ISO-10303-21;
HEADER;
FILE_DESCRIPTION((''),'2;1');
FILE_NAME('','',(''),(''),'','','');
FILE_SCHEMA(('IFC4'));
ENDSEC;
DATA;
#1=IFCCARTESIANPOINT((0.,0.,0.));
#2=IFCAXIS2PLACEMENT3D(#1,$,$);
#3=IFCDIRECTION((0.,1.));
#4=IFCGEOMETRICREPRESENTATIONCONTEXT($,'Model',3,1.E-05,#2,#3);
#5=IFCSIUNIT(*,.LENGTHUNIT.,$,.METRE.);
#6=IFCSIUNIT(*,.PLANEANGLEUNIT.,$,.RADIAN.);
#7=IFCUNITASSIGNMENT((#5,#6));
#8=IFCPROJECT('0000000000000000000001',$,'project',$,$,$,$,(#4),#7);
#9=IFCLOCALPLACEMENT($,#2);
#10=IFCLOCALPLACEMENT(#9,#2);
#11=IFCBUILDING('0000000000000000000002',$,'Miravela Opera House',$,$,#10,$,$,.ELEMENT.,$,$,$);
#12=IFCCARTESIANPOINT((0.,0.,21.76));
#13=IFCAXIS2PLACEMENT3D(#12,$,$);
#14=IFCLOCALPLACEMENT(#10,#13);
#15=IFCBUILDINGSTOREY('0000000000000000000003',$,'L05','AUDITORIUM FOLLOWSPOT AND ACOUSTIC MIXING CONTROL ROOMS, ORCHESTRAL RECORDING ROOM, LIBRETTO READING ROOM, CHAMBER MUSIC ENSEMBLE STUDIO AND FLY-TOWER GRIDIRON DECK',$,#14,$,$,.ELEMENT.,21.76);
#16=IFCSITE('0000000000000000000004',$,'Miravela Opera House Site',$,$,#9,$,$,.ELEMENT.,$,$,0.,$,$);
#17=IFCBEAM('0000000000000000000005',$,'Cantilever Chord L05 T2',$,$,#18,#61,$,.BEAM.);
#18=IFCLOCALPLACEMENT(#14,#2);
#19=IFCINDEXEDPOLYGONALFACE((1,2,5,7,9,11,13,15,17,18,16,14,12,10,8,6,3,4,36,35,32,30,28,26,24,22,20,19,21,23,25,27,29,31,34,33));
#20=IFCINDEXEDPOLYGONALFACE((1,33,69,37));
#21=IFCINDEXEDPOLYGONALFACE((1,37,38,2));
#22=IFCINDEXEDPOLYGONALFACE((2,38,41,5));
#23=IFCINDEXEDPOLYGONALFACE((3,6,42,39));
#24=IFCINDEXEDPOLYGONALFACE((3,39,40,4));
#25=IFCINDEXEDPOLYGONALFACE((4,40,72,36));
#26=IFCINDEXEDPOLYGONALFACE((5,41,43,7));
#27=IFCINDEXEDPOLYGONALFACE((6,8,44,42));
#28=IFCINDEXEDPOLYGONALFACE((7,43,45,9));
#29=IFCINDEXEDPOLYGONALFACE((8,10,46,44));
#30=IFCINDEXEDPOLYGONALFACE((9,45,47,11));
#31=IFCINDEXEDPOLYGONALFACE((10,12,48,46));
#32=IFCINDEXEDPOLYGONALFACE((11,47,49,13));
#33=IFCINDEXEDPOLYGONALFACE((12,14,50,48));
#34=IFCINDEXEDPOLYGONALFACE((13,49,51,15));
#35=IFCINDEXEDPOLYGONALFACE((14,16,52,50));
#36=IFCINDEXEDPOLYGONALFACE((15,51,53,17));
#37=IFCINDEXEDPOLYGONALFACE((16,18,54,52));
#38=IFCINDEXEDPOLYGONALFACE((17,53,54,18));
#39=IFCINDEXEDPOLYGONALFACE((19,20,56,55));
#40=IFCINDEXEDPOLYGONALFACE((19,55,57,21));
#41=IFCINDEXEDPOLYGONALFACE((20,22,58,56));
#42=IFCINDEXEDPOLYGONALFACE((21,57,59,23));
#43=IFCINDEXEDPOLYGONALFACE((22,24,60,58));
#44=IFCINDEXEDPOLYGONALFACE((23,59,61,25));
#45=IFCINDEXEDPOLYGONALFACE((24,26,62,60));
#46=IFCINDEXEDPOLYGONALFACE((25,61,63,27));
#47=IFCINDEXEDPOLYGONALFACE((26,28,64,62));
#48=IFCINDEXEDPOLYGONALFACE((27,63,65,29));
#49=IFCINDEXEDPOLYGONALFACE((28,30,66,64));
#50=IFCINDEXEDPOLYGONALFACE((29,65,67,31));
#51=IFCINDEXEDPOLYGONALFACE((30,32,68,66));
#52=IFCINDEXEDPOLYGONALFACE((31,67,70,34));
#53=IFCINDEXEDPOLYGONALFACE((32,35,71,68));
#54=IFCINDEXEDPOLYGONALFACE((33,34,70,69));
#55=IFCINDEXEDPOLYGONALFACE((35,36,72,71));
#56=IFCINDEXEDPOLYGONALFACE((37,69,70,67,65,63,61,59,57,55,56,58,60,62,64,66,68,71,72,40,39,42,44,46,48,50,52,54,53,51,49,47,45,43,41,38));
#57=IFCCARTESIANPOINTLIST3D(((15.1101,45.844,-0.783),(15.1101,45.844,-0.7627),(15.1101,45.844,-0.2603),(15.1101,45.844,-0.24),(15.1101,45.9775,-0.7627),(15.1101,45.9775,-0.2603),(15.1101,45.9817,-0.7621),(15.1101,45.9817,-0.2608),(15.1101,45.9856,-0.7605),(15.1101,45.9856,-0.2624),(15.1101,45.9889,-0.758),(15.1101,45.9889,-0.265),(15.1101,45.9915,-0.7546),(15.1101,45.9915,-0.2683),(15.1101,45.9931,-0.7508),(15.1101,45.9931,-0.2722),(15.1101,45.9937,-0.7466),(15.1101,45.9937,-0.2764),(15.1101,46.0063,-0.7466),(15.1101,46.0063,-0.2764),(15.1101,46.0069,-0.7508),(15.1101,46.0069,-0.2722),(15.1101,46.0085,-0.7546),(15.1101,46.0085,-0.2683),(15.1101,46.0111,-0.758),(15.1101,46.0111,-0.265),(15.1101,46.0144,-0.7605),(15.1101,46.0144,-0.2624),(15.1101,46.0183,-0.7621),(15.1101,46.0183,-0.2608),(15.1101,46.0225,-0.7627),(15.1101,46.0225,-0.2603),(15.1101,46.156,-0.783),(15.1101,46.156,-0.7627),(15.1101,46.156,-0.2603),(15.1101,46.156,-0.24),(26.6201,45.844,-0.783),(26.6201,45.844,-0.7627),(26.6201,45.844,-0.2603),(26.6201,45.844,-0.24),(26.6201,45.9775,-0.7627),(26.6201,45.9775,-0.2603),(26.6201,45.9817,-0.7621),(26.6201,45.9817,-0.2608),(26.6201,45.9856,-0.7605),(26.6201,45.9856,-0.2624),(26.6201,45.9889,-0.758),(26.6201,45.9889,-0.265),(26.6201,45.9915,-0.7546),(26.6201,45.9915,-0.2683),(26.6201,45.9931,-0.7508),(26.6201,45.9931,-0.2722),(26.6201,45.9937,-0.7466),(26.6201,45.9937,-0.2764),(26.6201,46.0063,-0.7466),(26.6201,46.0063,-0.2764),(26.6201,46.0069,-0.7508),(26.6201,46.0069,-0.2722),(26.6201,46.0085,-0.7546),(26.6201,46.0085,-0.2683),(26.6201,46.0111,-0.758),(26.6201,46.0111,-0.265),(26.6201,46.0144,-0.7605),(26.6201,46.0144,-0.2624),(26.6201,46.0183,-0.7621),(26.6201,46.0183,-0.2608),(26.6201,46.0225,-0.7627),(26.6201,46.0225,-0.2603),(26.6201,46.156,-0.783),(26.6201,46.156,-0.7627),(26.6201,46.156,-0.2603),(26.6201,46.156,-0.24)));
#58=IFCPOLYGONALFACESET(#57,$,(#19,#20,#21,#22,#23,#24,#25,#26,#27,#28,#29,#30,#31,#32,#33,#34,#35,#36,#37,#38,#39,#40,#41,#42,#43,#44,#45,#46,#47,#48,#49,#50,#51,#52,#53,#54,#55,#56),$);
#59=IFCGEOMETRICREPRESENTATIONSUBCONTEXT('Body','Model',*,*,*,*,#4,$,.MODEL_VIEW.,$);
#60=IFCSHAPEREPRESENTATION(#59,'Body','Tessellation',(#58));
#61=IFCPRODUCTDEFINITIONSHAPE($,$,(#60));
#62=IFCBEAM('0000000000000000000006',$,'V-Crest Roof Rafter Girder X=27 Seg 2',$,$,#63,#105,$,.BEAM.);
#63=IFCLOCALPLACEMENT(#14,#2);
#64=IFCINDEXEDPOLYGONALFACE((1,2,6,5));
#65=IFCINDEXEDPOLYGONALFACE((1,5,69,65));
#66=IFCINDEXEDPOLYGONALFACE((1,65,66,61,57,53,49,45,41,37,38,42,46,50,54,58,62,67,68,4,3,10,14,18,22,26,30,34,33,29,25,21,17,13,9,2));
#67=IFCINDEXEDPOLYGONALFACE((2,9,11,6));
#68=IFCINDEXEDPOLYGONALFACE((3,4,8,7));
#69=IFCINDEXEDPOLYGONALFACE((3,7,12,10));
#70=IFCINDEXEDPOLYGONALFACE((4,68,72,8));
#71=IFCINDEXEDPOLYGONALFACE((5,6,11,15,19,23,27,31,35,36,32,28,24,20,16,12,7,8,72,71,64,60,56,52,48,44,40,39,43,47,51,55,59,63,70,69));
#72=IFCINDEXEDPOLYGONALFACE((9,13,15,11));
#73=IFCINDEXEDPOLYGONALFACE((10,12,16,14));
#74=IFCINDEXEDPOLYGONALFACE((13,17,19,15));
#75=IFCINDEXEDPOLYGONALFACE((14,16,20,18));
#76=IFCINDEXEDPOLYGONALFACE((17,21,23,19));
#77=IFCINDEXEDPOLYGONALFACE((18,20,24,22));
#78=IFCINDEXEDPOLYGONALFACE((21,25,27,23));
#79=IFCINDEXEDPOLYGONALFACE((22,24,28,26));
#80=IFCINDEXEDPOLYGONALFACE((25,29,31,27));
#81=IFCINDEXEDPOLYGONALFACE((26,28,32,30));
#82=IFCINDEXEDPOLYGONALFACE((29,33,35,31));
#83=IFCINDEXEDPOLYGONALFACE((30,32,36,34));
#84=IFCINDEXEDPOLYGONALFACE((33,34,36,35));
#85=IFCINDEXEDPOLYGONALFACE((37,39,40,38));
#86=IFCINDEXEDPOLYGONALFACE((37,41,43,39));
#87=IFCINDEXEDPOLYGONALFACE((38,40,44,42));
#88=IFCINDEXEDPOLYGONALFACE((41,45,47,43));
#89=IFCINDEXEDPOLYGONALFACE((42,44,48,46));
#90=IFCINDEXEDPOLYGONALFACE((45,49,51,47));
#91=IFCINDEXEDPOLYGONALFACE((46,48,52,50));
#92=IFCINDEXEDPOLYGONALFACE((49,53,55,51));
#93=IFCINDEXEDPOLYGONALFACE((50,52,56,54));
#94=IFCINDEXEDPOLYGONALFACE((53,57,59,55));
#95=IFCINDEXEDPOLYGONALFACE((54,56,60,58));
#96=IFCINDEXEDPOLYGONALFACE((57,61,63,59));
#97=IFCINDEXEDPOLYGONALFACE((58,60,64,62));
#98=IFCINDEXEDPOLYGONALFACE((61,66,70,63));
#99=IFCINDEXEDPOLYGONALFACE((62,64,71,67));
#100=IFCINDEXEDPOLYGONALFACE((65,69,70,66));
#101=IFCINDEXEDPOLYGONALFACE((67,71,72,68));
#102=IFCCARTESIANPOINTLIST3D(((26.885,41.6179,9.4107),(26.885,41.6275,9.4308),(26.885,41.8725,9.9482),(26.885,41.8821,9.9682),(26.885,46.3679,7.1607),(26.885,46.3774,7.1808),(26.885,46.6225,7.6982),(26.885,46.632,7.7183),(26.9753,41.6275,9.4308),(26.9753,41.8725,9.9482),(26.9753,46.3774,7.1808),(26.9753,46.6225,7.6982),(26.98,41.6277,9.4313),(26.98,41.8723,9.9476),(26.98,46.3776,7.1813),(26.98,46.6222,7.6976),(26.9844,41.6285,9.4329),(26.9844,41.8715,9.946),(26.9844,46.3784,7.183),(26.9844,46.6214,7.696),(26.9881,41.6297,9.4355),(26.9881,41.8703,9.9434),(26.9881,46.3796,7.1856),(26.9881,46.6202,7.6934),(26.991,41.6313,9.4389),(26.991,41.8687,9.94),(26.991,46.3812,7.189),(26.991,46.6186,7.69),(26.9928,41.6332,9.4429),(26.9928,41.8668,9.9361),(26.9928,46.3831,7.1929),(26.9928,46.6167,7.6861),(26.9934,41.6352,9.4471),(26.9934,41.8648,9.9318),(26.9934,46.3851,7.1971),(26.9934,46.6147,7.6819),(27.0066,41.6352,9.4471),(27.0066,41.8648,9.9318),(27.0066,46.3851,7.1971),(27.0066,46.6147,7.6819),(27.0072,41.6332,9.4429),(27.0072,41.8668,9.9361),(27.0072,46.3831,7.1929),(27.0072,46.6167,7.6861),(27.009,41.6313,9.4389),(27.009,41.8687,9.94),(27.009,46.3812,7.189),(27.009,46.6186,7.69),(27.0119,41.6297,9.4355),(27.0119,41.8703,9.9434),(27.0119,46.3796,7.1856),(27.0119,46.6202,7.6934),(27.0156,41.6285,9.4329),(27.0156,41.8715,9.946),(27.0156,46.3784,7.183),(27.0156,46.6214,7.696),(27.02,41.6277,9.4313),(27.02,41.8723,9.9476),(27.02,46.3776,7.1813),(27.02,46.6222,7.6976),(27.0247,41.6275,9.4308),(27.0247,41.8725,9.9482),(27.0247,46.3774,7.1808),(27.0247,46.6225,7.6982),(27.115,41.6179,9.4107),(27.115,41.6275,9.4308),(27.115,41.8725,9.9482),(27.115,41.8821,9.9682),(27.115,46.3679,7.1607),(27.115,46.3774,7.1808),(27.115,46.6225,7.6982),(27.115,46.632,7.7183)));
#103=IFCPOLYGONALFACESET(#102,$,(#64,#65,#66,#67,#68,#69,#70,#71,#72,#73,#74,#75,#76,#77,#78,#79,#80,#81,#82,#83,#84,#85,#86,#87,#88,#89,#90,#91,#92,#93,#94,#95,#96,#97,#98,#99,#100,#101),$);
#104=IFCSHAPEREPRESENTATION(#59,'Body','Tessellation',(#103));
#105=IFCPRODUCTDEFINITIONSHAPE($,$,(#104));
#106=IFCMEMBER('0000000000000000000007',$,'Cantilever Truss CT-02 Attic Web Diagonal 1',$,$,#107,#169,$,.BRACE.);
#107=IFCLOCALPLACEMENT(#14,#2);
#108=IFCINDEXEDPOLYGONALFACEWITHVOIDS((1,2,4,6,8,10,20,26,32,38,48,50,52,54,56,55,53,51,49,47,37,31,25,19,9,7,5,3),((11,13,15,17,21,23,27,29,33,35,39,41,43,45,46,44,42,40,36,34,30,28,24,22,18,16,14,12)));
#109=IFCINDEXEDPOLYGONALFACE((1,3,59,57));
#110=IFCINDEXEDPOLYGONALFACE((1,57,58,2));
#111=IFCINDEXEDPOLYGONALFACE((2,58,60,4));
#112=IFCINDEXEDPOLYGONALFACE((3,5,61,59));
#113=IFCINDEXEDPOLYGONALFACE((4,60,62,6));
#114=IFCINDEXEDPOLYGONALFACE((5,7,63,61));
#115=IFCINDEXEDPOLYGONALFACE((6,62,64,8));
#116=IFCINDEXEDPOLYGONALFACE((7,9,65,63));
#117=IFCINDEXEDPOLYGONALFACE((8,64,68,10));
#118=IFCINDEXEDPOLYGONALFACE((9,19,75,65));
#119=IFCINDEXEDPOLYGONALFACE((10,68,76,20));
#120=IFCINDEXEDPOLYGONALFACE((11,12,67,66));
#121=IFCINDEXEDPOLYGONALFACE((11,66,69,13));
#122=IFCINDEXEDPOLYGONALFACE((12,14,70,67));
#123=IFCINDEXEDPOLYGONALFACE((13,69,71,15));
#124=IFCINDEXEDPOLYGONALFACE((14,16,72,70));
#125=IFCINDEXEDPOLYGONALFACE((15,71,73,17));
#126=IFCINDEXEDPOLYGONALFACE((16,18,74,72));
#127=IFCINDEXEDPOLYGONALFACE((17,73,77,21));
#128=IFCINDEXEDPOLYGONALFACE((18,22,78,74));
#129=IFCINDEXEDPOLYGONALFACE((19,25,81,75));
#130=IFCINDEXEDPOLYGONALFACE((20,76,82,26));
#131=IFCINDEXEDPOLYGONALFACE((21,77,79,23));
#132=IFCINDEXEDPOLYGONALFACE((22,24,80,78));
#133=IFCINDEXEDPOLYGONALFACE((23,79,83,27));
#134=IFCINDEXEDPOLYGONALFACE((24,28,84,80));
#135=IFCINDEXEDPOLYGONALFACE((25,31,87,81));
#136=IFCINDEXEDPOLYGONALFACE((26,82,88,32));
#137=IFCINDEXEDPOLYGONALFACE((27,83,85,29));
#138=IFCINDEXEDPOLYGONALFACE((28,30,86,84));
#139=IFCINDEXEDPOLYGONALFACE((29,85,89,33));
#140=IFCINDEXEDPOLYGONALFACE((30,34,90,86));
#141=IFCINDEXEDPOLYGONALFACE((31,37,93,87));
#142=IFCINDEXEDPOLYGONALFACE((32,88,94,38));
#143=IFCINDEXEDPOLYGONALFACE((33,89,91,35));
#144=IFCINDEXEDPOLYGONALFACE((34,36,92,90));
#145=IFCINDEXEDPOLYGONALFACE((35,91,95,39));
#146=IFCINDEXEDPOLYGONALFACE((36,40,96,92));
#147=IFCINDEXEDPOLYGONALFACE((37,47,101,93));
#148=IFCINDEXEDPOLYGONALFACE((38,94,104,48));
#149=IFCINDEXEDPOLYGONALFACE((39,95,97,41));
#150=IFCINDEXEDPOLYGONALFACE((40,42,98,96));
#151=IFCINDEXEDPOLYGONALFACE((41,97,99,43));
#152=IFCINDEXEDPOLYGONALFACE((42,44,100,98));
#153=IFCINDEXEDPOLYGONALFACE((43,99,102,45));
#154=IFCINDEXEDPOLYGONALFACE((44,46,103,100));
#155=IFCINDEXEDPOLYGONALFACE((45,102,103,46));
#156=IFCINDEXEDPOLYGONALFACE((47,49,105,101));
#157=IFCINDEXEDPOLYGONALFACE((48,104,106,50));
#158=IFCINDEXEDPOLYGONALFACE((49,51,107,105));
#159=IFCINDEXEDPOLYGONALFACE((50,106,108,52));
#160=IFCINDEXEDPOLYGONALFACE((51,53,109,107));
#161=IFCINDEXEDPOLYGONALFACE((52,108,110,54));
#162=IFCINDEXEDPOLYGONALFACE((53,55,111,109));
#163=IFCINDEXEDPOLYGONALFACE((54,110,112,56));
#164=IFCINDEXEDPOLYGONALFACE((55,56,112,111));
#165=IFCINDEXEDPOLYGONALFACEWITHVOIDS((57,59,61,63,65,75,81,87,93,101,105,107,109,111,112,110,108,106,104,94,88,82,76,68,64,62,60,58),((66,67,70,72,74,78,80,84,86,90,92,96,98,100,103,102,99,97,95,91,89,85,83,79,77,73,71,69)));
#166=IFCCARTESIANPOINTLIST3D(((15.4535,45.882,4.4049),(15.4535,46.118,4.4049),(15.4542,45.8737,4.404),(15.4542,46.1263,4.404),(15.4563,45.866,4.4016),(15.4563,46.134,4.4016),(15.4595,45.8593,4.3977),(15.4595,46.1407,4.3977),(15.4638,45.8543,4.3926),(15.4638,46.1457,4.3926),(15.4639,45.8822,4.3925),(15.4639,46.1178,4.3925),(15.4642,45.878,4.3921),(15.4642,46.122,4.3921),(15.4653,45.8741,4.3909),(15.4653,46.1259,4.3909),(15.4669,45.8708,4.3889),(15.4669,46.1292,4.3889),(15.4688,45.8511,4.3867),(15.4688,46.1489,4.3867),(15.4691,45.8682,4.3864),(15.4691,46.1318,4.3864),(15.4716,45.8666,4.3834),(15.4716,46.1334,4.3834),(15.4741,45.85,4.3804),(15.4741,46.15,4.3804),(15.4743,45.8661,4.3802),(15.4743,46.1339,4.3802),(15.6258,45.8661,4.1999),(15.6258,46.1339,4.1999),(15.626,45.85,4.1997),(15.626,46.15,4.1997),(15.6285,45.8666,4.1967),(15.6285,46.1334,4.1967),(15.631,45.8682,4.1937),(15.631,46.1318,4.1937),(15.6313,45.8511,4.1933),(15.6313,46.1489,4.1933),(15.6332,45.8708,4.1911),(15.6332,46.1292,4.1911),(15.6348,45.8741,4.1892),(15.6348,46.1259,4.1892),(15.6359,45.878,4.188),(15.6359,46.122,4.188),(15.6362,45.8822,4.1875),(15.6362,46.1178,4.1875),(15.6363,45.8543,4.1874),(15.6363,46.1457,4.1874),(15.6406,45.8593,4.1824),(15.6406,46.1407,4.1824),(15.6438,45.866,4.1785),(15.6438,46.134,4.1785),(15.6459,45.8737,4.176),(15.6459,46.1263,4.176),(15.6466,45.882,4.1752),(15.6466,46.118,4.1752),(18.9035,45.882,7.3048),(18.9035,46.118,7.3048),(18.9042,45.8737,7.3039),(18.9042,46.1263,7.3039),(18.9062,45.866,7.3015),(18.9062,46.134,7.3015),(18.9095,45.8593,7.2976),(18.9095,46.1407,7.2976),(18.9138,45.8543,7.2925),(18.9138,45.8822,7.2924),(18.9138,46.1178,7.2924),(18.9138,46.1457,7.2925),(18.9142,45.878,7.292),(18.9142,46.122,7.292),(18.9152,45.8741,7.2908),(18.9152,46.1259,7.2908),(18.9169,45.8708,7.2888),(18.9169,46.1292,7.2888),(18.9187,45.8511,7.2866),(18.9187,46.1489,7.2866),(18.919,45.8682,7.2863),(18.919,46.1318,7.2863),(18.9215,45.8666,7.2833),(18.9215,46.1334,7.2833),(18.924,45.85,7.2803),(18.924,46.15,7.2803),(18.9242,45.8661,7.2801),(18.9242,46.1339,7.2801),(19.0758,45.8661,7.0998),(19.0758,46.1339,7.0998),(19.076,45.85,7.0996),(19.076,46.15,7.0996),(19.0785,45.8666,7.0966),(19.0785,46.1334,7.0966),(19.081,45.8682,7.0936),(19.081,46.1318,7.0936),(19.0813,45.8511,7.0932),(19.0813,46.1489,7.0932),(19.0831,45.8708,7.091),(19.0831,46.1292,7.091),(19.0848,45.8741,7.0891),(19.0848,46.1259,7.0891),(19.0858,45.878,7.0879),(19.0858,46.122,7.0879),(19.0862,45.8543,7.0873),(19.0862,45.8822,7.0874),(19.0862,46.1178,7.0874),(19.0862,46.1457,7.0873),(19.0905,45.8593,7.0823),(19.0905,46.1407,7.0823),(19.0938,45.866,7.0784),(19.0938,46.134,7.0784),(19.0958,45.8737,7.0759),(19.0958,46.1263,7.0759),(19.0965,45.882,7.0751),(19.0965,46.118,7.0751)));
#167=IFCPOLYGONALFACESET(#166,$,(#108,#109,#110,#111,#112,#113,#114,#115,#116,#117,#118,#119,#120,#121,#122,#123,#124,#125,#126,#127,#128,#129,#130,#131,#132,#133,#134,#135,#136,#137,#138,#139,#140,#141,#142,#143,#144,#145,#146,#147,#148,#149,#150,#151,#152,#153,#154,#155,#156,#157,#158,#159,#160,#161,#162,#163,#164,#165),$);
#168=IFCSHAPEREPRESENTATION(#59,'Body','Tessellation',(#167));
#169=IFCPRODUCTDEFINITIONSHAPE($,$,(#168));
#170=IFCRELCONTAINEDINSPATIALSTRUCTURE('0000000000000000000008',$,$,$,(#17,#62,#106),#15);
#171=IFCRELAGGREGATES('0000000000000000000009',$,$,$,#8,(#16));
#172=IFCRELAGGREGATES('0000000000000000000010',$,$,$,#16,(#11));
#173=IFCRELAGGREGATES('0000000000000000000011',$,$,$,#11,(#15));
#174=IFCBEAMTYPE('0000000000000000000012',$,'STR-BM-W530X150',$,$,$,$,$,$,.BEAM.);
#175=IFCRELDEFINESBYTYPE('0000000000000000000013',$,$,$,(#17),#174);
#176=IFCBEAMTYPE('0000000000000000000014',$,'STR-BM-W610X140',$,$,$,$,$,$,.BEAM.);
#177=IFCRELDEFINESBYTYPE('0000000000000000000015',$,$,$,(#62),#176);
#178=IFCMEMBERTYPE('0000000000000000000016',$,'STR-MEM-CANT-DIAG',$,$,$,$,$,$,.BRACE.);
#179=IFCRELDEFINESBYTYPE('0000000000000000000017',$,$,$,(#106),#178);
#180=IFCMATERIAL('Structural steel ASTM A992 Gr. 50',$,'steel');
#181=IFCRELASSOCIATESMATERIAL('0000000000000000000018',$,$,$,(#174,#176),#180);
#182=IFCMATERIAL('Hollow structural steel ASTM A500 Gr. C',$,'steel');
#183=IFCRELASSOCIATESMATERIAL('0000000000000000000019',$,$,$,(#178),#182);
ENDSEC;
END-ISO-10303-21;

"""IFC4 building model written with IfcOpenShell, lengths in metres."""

from ifc_helpers import new_model, si_unit, direction, frame, origin, origin_2d, place, context, subcontext, project, spatial, hollow_rectangle, i_section, extrude, material, material_profile, profile_set, type_object, element, save


model = new_model("IFC4")

# Units and contexts
model_context = context("Model", 3, precision=1e-05, world=origin(), true_north=direction((0.0, 1.0)))
body_context = subcontext(model_context, "Body", "Model", "MODEL_VIEW")
ifc_project = project(units=[si_unit("LENGTHUNIT", "METRE"), si_unit("PLANEANGLEUNIT", "RADIAN")], contexts=[model_context])

# Site, building, storey
site_placement = place(None, origin())
site = spatial("IfcSite", under=ifc_project, at=site_placement, Name="Miravela Opera House Site", CompositionType="ELEMENT", RefElevation=0.0)
building_placement = place(site_placement, origin())
building = spatial("IfcBuilding", under=site, at=building_placement, Name="Miravela Opera House", CompositionType="ELEMENT")
storey_placement = place(building_placement, frame((0.0, 0.0, 21.76)))
storey = spatial("IfcBuildingStorey", under=building, at=storey_placement, Name="L05", Description="AUDITORIUM FOLLOWSPOT AND ACOUSTIC MIXING CONTROL ROOMS, ORCHESTRAL RECORDING ROOM, LIBRETTO READING ROOM, CHAMBER MUSIC ENSEMBLE STUDIO AND FLY-TOWER GRIDIRON DECK", CompositionType="ELEMENT", Elevation=21.76)

# Beams
ifc_material_1 = material(Name="Structural steel ASTM A992 Gr. 50", Category="steel")
ifc_material_profile_1 = material_profile(ifc_material_1, i_section(OverallWidth=0.312, OverallDepth=0.543, WebThickness=0.0127, FlangeThickness=0.0203, FilletRadius=0.0161, at=origin_2d()), Name="W530X150")
ifc_profile_set_1 = profile_set([ifc_material_profile_1])
beam_type_1 = type_object("IfcBeamType", Name="STR-BM-W530X150", PredefinedType="BEAM", material=ifc_profile_set_1)
beam_1_placement = place(storey_placement, frame((15.1101, 46.0, -0.5115), z_axis=(1.0, 0.0, 0.0), x_axis=(0.0, 1.0, 0.0)))
element("IfcBeam", 1, at=beam_1_placement, inside=storey, type_object=beam_type_1, Name="Cantilever Chord L05 T2", PredefinedType="BEAM", context=body_context, shape_type="SweptSolid", body=[
    extrude(i_section(OverallWidth=0.312, OverallDepth=0.543, WebThickness=0.0127, FlangeThickness=0.0203, FilletRadius=0.0161, at=origin_2d()), origin(), (0.0, 0.0, 1.0), 11.51),
])
ifc_material_profile_2 = material_profile(ifc_material_1, i_section(OverallWidth=0.23, OverallDepth=0.6169, WebThickness=0.0132, FlangeThickness=0.0222, FilletRadius=0.0181, at=origin_2d()), Name="W610X140")
ifc_profile_set_2 = profile_set([ifc_material_profile_2])
beam_type_2 = type_object("IfcBeamType", Name="STR-BM-W610X140", PredefinedType="BEAM", material=ifc_profile_set_2)
beam_2_placement = place(storey_placement, frame((27.0, 41.75, 9.6895), z_axis=(0.0, 0.903738, -0.428086), x_axis=(-1.0, 0.0, 0.0)))
element("IfcBeam", 2, at=beam_2_placement, inside=storey, type_object=beam_type_2, Name="V-Crest Roof Rafter Girder X=27 Seg 2", PredefinedType="BEAM", context=body_context, shape_type="SweptSolid", body=[
    extrude(i_section(OverallWidth=0.23, OverallDepth=0.6169, WebThickness=0.0132, FlangeThickness=0.0222, FilletRadius=0.0181, at=origin_2d()), origin(), (0.0, 0.0, 1.0), 5.2559),
])

# Member
ifc_material_2 = material(Name="Hollow structural steel ASTM A500 Gr. C", Category="steel")
ifc_material_profile_3 = material_profile(ifc_material_2, hollow_rectangle(XDim=0.3, YDim=0.3, WallThickness=0.0161, InnerFilletRadius=0.0161, OuterFilletRadius=0.032, at=origin_2d()), Name="HSS300X300X16")
ifc_profile_set_3 = profile_set([ifc_material_profile_3])
member_type_1 = type_object("IfcMemberType", Name="STR-MEM-CANT-DIAG", PredefinedType="BRACE", material=ifc_profile_set_3)
member_1_placement = place(storey_placement, frame((15.55, 46.0, 4.29), z_axis=(0.765492, 0.0, 0.643445), x_axis=(0.0, 1.0, 0.0)))
element("IfcMember", 3, at=member_1_placement, inside=storey, type_object=member_type_1, Name="Cantilever Truss CT-02 Attic Web Diagonal 1", PredefinedType="BRACE", context=body_context, shape_type="SweptSolid", body=[
    extrude(hollow_rectangle(XDim=0.3, YDim=0.3, WallThickness=0.0161, InnerFilletRadius=0.0161, OuterFilletRadius=0.032, at=origin_2d()), origin(), (0.0, 0.0, 1.0), 4.5068),
])

save(model, "model.ifc")
